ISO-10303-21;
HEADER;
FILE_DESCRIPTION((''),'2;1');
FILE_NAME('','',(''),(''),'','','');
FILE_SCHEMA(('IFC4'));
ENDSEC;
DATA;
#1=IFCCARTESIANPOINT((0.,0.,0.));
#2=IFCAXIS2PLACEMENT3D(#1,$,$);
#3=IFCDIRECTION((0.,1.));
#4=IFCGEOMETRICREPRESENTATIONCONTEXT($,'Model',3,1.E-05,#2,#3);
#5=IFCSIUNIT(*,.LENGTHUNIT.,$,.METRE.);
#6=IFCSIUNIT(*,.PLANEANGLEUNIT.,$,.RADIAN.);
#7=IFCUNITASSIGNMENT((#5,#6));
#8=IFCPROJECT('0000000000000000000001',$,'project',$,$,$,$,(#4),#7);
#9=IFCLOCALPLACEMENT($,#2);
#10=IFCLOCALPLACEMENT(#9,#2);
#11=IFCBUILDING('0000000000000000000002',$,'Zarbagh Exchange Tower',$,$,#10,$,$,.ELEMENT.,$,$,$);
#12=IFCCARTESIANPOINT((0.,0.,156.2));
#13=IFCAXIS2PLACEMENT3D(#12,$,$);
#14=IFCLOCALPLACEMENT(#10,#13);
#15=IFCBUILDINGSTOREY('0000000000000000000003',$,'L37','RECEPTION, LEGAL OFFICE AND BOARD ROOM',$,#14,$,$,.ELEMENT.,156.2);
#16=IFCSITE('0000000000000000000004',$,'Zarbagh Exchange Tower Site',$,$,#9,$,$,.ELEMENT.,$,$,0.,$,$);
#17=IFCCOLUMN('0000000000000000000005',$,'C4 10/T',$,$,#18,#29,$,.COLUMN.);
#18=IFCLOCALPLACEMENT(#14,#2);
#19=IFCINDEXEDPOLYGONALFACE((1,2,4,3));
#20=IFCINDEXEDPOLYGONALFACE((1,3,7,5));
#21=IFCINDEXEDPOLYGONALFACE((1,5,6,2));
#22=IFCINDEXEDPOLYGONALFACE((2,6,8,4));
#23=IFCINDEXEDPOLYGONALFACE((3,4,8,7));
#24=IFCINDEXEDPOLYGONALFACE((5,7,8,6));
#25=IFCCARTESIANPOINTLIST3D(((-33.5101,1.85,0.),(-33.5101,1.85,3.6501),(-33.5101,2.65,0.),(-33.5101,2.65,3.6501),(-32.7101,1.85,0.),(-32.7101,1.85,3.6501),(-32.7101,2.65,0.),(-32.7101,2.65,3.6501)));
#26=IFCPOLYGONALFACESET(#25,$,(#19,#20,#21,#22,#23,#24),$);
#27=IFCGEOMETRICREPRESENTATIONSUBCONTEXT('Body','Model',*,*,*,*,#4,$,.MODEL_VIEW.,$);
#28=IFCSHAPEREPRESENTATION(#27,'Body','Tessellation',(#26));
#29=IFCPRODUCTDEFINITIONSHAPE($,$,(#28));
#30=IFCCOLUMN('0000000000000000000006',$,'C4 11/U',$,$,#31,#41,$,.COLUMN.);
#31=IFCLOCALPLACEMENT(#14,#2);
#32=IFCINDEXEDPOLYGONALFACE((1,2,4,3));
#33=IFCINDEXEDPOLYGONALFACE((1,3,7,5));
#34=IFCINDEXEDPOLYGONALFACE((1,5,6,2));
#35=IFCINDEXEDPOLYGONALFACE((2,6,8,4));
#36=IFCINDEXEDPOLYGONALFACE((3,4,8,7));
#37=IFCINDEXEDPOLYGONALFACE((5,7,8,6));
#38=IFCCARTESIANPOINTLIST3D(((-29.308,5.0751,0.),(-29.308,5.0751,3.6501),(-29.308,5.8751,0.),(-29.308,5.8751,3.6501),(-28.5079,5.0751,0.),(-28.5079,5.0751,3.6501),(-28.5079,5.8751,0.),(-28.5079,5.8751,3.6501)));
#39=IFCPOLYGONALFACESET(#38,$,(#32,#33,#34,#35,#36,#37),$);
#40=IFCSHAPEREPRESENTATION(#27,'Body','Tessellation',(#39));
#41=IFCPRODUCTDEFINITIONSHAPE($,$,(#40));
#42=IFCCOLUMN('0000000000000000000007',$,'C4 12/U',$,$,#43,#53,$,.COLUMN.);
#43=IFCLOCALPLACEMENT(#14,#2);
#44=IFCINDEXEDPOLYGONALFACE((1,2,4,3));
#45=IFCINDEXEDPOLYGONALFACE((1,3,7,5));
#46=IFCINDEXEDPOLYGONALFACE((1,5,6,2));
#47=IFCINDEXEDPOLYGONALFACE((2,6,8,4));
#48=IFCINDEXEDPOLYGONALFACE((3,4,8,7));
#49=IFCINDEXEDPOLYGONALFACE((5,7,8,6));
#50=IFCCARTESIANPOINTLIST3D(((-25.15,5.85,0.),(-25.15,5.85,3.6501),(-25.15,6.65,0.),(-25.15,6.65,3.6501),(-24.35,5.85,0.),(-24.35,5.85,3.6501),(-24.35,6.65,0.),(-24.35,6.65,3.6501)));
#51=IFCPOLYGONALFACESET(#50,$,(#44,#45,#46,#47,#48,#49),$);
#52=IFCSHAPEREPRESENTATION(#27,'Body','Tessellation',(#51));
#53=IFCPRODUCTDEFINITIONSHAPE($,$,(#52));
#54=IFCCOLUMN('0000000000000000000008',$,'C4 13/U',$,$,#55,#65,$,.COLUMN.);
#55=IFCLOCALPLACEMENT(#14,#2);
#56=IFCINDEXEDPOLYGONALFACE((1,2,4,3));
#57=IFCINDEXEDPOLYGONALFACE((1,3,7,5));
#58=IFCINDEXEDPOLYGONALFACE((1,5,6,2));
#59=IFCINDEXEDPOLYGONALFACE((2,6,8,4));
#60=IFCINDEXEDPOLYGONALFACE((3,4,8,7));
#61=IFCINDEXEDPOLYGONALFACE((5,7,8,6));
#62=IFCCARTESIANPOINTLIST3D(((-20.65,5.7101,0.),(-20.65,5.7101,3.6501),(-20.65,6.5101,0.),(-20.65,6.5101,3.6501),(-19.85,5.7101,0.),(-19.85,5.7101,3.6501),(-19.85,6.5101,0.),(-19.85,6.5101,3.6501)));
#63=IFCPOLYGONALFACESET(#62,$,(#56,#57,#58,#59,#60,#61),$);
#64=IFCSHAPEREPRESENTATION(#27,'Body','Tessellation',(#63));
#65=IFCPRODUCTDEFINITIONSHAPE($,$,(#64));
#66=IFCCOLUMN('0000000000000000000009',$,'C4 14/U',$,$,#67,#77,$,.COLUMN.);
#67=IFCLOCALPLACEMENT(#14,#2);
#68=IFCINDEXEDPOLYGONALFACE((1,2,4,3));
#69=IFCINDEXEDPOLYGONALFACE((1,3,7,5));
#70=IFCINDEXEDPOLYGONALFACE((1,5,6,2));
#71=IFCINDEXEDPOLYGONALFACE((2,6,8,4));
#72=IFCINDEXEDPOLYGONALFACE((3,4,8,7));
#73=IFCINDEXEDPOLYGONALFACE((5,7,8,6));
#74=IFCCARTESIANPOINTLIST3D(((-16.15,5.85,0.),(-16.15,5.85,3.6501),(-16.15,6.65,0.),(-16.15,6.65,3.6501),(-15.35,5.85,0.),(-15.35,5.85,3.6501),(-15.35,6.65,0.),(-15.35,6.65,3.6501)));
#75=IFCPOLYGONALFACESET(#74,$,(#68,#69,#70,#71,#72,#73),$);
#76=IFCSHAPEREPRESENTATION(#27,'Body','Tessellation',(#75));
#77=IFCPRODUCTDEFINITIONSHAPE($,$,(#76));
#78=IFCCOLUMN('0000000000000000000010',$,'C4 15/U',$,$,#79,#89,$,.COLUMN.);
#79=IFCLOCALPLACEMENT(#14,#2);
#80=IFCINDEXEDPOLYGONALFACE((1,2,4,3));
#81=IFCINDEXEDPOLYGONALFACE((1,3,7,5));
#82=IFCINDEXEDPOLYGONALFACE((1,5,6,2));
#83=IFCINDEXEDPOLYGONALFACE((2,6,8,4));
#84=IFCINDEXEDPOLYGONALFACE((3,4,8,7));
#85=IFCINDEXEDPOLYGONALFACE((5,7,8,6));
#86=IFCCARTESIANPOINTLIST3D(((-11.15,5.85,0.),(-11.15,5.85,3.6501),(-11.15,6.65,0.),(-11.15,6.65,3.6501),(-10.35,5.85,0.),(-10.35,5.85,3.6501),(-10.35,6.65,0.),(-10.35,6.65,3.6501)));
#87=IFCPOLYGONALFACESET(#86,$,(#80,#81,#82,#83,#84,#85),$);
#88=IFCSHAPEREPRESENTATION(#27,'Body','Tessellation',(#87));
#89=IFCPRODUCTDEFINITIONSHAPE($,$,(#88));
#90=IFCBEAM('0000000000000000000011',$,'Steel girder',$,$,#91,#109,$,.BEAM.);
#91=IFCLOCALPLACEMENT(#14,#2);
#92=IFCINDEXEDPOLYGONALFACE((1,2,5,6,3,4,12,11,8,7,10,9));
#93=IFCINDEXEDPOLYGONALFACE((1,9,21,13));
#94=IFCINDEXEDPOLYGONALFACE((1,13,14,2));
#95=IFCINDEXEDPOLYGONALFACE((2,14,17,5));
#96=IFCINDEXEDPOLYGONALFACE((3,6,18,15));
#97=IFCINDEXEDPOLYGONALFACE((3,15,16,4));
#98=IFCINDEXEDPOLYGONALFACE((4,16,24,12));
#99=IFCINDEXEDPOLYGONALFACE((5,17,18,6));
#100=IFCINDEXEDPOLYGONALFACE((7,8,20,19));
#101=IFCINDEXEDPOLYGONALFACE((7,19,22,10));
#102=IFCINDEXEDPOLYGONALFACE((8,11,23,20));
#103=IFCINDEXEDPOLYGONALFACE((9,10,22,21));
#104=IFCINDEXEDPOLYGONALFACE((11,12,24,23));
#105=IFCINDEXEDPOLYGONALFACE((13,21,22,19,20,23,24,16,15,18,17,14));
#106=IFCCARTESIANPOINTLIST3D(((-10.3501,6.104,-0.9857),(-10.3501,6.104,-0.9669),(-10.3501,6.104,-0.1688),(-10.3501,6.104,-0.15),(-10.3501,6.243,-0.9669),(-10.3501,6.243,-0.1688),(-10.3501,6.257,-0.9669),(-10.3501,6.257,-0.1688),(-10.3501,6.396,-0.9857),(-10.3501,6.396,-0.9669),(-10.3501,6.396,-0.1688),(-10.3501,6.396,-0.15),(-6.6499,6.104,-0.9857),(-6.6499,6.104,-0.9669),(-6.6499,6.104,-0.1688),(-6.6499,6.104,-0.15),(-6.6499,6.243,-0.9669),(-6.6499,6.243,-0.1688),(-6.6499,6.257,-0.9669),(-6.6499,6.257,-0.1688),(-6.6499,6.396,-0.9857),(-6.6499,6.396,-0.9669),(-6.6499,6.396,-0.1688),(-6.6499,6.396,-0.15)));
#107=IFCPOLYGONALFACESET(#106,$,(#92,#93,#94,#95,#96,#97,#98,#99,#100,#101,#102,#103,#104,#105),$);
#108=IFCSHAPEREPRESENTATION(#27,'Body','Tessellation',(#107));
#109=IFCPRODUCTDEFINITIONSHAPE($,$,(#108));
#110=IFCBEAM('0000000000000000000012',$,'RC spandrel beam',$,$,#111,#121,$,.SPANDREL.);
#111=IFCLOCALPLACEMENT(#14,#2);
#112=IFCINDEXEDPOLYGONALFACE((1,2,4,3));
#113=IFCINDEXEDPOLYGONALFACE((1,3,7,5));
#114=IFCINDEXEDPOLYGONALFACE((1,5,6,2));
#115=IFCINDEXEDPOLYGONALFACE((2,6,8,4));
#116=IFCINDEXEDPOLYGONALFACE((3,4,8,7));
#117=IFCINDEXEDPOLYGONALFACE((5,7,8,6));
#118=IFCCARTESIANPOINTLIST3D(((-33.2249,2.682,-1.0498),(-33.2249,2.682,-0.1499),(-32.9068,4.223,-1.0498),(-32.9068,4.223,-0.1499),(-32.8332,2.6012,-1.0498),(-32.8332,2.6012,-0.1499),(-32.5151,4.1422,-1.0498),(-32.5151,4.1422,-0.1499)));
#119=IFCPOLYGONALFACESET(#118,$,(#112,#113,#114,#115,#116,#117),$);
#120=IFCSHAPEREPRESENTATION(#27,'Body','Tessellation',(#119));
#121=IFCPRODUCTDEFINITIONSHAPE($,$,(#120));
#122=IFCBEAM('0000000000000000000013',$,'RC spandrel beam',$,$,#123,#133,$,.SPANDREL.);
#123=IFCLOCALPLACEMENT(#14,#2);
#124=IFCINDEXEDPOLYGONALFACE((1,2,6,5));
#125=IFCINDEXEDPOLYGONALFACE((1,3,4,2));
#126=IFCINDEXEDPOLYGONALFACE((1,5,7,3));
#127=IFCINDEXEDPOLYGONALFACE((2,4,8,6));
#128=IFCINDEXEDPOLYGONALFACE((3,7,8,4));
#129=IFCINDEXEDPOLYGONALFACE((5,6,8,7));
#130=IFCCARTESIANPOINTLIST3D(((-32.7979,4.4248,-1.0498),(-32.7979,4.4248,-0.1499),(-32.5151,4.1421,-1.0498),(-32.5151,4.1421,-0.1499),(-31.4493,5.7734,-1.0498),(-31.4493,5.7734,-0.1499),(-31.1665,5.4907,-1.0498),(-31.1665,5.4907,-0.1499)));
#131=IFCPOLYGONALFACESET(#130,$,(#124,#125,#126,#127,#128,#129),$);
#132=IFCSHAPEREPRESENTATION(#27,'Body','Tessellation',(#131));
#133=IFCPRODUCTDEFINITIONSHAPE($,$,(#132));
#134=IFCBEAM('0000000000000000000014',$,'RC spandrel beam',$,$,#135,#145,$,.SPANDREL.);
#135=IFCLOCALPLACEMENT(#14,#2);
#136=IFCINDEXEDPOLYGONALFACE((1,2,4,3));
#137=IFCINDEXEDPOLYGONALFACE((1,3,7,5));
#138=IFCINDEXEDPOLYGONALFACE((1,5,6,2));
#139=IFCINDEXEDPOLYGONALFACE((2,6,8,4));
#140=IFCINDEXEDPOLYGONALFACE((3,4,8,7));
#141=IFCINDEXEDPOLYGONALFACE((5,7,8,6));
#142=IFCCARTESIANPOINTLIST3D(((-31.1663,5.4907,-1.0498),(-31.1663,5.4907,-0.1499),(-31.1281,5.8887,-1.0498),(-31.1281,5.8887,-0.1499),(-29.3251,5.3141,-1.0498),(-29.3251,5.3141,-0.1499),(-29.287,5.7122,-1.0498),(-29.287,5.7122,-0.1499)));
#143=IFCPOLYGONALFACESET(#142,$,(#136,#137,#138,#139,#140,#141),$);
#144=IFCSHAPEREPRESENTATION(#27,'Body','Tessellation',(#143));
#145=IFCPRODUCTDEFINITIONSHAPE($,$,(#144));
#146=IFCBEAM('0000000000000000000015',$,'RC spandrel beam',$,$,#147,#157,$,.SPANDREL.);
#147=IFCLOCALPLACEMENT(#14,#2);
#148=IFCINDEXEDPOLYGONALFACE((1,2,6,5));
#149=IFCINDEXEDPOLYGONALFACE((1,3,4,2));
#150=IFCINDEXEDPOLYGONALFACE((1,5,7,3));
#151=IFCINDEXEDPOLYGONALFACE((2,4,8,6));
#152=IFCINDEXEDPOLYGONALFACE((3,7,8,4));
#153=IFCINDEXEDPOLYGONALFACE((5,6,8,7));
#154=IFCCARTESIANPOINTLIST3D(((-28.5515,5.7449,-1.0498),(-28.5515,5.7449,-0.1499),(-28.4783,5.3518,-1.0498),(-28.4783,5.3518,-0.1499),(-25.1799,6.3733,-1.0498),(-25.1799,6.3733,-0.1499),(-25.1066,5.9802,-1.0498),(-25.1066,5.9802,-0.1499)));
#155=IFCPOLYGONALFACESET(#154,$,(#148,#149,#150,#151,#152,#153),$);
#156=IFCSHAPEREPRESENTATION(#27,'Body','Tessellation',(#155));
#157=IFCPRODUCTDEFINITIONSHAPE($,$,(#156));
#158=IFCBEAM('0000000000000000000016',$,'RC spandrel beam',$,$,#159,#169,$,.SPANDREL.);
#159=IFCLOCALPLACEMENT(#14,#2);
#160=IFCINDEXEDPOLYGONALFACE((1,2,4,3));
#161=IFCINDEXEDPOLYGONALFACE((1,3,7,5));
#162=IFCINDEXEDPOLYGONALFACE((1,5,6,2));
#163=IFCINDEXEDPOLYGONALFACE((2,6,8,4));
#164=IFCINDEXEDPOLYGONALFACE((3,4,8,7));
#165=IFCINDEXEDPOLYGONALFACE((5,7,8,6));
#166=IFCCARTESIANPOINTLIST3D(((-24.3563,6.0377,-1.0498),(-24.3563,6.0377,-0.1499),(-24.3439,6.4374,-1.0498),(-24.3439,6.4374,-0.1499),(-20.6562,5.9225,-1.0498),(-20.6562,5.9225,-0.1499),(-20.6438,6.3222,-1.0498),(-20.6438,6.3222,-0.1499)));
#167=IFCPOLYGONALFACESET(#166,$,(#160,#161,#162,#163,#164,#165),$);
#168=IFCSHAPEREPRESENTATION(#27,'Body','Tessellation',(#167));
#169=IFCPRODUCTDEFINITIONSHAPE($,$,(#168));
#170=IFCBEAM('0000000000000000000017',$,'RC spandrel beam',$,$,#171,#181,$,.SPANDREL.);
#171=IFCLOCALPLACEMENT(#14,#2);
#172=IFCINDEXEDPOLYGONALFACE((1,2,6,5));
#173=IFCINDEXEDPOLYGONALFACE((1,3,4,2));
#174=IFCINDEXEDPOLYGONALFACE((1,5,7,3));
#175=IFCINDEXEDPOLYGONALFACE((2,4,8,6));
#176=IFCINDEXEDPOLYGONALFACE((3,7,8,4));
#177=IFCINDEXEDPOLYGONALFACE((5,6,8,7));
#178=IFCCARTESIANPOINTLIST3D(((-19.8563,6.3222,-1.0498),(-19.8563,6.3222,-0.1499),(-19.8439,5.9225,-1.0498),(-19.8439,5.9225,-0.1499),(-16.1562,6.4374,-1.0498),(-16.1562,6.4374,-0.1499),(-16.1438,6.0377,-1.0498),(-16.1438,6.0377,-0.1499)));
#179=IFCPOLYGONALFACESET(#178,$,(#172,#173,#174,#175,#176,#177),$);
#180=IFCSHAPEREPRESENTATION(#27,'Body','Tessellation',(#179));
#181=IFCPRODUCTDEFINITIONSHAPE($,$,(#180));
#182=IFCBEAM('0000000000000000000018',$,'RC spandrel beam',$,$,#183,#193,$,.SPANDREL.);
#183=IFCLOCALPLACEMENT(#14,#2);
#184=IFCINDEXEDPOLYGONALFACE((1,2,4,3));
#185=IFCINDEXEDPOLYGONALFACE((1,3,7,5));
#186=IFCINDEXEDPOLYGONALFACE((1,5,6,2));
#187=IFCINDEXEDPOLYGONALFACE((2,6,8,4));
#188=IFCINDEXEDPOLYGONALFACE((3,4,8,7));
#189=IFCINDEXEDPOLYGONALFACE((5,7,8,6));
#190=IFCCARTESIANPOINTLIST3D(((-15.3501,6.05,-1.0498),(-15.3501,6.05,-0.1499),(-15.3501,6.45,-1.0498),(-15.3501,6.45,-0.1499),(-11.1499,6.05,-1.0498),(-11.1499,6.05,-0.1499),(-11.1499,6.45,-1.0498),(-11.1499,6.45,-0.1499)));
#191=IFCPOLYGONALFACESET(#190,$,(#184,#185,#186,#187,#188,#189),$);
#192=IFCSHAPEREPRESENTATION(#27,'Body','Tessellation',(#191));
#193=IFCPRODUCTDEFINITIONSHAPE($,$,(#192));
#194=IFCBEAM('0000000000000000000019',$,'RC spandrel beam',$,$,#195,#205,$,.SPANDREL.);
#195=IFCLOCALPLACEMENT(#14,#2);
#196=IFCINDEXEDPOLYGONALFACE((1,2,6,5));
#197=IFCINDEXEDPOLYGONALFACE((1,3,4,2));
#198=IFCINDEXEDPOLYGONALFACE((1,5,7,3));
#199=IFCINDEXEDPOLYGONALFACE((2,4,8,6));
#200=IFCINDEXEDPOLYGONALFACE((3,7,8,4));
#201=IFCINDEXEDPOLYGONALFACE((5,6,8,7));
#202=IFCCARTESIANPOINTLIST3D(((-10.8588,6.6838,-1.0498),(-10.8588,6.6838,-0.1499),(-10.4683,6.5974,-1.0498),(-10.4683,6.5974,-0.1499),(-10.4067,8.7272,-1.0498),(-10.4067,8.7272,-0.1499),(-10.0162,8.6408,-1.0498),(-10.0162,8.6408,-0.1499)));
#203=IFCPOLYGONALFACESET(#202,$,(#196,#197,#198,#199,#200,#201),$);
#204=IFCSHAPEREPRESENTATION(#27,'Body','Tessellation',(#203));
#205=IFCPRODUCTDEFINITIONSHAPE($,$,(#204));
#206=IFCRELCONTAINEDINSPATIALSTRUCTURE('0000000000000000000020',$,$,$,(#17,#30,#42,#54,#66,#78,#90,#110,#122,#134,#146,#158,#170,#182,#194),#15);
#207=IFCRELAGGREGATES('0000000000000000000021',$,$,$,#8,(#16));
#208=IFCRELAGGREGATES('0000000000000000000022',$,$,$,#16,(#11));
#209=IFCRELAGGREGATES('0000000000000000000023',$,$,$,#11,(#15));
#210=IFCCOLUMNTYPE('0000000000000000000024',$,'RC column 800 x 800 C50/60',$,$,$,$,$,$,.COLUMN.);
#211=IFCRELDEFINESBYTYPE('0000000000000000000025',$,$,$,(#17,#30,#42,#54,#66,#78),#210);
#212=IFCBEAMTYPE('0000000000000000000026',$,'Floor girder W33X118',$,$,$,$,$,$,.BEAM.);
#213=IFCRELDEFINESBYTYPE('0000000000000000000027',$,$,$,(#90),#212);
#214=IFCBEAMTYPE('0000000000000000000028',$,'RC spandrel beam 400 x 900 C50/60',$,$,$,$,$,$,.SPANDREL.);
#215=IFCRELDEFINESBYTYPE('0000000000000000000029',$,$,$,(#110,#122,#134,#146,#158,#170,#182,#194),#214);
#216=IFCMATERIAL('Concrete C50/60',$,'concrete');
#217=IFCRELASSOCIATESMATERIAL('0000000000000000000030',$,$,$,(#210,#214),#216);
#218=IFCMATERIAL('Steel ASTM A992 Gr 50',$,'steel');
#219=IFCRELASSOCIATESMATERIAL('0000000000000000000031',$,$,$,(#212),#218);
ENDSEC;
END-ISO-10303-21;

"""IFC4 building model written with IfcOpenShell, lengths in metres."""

from ifc_helpers import new_model, si_unit, direction, frame, origin, origin_2d, place, context, subcontext, project, spatial, rectangle, i_section, extrude, material, material_profile, profile_set, type_object, element, save


model = new_model("IFC4")

# Units and contexts
model_context = context("Model", 3, precision=1e-05, world=origin(), true_north=direction((0.0, 1.0)))
body_context = subcontext(model_context, "Body", "Model", "MODEL_VIEW")
ifc_project = project(units=[si_unit("LENGTHUNIT", "METRE"), si_unit("PLANEANGLEUNIT", "RADIAN")], contexts=[model_context])

# Site, building, storey
site_placement = place(None, origin())
site = spatial("IfcSite", under=ifc_project, at=site_placement, Name="Zarbagh Exchange Tower Site", CompositionType="ELEMENT", RefElevation=0.0)
building_placement = place(site_placement, origin())
building = spatial("IfcBuilding", under=site, at=building_placement, Name="Zarbagh Exchange Tower", CompositionType="ELEMENT")
storey_placement = place(building_placement, frame((0.0, 0.0, 156.2)))
storey = spatial("IfcBuildingStorey", under=building, at=storey_placement, Name="L37", Description="RECEPTION, LEGAL OFFICE AND BOARD ROOM", CompositionType="ELEMENT", Elevation=156.2)

# Columns
ifc_material_1 = material(Name="Concrete C50/60", Category="concrete")
ifc_material_profile_1 = material_profile(ifc_material_1, rectangle(XDim=0.8, YDim=0.8, at=origin_2d()), Name="RC column 800 x 800 C50/60")
ifc_profile_set_1 = profile_set([ifc_material_profile_1], Name="Concrete C50/60")
column_type = type_object("IfcColumnType", Name="RC column 800 x 800 C50/60", PredefinedType="COLUMN", material=ifc_profile_set_1)
for number, where, z_axis, x_axis, name in (
    (1, (-33.1101, 2.25, 0.0), (0.0, 0.0, 1.0), (1.0, 0.0, 0.0), "C4 10/T"),
    (2, (-28.908, 5.4751, 0.0), (0.0, 0.0, 1.0), (1.0, 0.0, 0.0), "C4 11/U"),
    (3, (-24.75, 6.25, 0.0), (0.0, 0.0, 1.0), (1.0, 0.0, 0.0), "C4 12/U"),
    (4, (-20.25, 6.1101, 0.0), (0.0, 0.0, 1.0), (1.0, 0.0, 0.0), "C4 13/U"),
    (5, (-15.75, 6.25, 0.0), (0.0, 0.0, 1.0), (1.0, 0.0, 0.0), "C4 14/U"),
    (6, (-10.75, 6.25, 0.0), (0.0, 0.0, 1.0), (1.0, 0.0, 0.0), "C4 15/U"),
):
    element("IfcColumn", number, at=place(storey_placement, frame(where, z_axis=z_axis, x_axis=x_axis)), inside=storey, type_object=column_type, Name=name, PredefinedType="COLUMN", context=body_context, shape_type="SweptSolid", body=[
        extrude(rectangle(XDim=0.8, YDim=0.8, at=origin_2d()), origin(), (0.0, 0.0, 1.0), 3.6501),
    ])

# Beams
ifc_material_2 = material(Name="Steel ASTM A992 Gr 50", Category="steel")
ifc_material_profile_2 = material_profile(ifc_material_2, i_section(OverallWidth=0.292, OverallDepth=0.8357, WebThickness=0.0139, FlangeThickness=0.0188, at=origin_2d()), Name="W33X118")
ifc_profile_set_2 = profile_set([ifc_material_profile_2], Name="Steel ASTM A992 Gr 50")
beam_type_1 = type_object("IfcBeamType", Name="Floor girder W33X118", PredefinedType="BEAM", material=ifc_profile_set_2)
beam_1_placement = place(storey_placement, frame((-10.3501, 6.25, -0.5679), z_axis=(1.0, 0.0, 0.0), x_axis=(0.0, 1.0, 0.0)))
element("IfcBeam", 7, at=beam_1_placement, inside=storey, type_object=beam_type_1, Name="Steel girder", PredefinedType="BEAM", context=body_context, shape_type="SweptSolid", body=[
    extrude(i_section(OverallWidth=0.292, OverallDepth=0.8357, WebThickness=0.0139, FlangeThickness=0.0188, at=origin_2d()), origin(), (0.0, 0.0, 1.0), 3.7002),
])
ifc_material_profile_3 = material_profile(ifc_material_1, rectangle(XDim=0.3999, YDim=0.8999, at=origin_2d()), Name="RC spandrel beam 400 x 900 C50/60")
ifc_profile_set_3 = profile_set([ifc_material_profile_3], Name="Concrete C50/60")
beam_type_2 = type_object("IfcBeamType", Name="RC spandrel beam 400 x 900 C50/60", PredefinedType="SPANDREL", material=ifc_profile_set_3)
beam_2_placement = place(storey_placement, frame((-33.0291, 2.6416, -0.5999), z_axis=(0.202169, 0.979351, 0.0), x_axis=(-0.979351, 0.202169, 0.0)))
element("IfcBeam", 8, at=beam_2_placement, inside=storey, type_object=beam_type_2, Name="RC spandrel beam", PredefinedType="SPANDREL", context=body_context, shape_type="SweptSolid", body=[
    extrude(rectangle(XDim=0.3999, YDim=0.8999, at=origin_2d()), origin(), (0.0, 0.0, 1.0), 1.5735),
])
beam_3_placement = place(storey_placement, frame((-32.6565, 4.2834, -0.5999), z_axis=(0.707107, 0.707107, 0.0), x_axis=(-0.707107, 0.707107, 0.0)))
element("IfcBeam", 9, at=beam_3_placement, inside=storey, type_object=beam_type_2, Name="RC spandrel beam", PredefinedType="SPANDREL", context=body_context, shape_type="SweptSolid", body=[
    extrude(rectangle(XDim=0.3999, YDim=0.8999, at=origin_2d()), origin(), (0.0, 0.0, 1.0), 1.9072),
])
beam_4_placement = place(storey_placement, frame((-31.1472, 5.6897, -0.5999), z_axis=(0.995435, -0.095438, 0.0), x_axis=(0.095438, 0.995435, 0.0)))
element("IfcBeam", 10, at=beam_4_placement, inside=storey, type_object=beam_type_2, Name="RC spandrel beam", PredefinedType="SPANDREL", context=body_context, shape_type="SweptSolid", body=[
    extrude(rectangle(XDim=0.3999, YDim=0.8999, at=origin_2d()), origin(), (0.0, 0.0, 1.0), 1.8496),
])
beam_5_placement = place(storey_placement, frame((-28.5149, 5.5483, -0.5999), z_axis=(0.98307, 0.183231, 0.0), x_axis=(-0.183231, 0.98307, 0.0)))
element("IfcBeam", 11, at=beam_5_placement, inside=storey, type_object=beam_type_2, Name="RC spandrel beam", PredefinedType="SPANDREL", context=body_context, shape_type="SweptSolid", body=[
    extrude(rectangle(XDim=0.3999, YDim=0.8999, at=origin_2d()), origin(), (0.0, 0.0, 1.0), 3.4297),
])
for number, where, z_axis, x_axis, name in (
    (12, (-24.3501, 6.2375, -0.5999), (0.999515, -0.031128, 0.0), (0.031128, 0.999515, 0.0), "RC spandrel beam"),
    (13, (-19.8501, 6.1223, -0.5999), (0.999515, 0.031128, 0.0), (-0.031128, 0.999515, 0.0), "RC spandrel beam"),
):
    element("IfcBeam", number, at=place(storey_placement, frame(where, z_axis=z_axis, x_axis=x_axis)), inside=storey, type_object=beam_type_2, Name=name, PredefinedType="SPANDREL", context=body_context, shape_type="SweptSolid", body=[
        extrude(rectangle(XDim=0.3999, YDim=0.8999, at=origin_2d()), origin(), (0.0, 0.0, 1.0), 3.7019),
    ])
beam_6_placement = place(storey_placement, frame((-15.3501, 6.25, -0.5999), z_axis=(1.0, 0.0, 0.0), x_axis=(0.0, 1.0, 0.0)))
element("IfcBeam", 14, at=beam_6_placement, inside=storey, type_object=beam_type_2, Name="RC spandrel beam", PredefinedType="SPANDREL", context=body_context, shape_type="SweptSolid", body=[
    extrude(rectangle(XDim=0.3999, YDim=0.8999, at=origin_2d()), origin(), (0.0, 0.0, 1.0), 4.2002),
])
beam_7_placement = place(storey_placement, frame((-10.6636, 6.6406, -0.5999), z_axis=(0.216041, 0.976384, 0.0), x_axis=(-0.976384, 0.216041, 0.0)))
element("IfcBeam", 15, at=beam_7_placement, inside=storey, type_object=beam_type_2, Name="RC spandrel beam", PredefinedType="SPANDREL", context=body_context, shape_type="SweptSolid", body=[
    extrude(rectangle(XDim=0.3999, YDim=0.8999, at=origin_2d()), origin(), (0.0, 0.0, 1.0), 2.0928),
])

save(model, "model.ifc")
